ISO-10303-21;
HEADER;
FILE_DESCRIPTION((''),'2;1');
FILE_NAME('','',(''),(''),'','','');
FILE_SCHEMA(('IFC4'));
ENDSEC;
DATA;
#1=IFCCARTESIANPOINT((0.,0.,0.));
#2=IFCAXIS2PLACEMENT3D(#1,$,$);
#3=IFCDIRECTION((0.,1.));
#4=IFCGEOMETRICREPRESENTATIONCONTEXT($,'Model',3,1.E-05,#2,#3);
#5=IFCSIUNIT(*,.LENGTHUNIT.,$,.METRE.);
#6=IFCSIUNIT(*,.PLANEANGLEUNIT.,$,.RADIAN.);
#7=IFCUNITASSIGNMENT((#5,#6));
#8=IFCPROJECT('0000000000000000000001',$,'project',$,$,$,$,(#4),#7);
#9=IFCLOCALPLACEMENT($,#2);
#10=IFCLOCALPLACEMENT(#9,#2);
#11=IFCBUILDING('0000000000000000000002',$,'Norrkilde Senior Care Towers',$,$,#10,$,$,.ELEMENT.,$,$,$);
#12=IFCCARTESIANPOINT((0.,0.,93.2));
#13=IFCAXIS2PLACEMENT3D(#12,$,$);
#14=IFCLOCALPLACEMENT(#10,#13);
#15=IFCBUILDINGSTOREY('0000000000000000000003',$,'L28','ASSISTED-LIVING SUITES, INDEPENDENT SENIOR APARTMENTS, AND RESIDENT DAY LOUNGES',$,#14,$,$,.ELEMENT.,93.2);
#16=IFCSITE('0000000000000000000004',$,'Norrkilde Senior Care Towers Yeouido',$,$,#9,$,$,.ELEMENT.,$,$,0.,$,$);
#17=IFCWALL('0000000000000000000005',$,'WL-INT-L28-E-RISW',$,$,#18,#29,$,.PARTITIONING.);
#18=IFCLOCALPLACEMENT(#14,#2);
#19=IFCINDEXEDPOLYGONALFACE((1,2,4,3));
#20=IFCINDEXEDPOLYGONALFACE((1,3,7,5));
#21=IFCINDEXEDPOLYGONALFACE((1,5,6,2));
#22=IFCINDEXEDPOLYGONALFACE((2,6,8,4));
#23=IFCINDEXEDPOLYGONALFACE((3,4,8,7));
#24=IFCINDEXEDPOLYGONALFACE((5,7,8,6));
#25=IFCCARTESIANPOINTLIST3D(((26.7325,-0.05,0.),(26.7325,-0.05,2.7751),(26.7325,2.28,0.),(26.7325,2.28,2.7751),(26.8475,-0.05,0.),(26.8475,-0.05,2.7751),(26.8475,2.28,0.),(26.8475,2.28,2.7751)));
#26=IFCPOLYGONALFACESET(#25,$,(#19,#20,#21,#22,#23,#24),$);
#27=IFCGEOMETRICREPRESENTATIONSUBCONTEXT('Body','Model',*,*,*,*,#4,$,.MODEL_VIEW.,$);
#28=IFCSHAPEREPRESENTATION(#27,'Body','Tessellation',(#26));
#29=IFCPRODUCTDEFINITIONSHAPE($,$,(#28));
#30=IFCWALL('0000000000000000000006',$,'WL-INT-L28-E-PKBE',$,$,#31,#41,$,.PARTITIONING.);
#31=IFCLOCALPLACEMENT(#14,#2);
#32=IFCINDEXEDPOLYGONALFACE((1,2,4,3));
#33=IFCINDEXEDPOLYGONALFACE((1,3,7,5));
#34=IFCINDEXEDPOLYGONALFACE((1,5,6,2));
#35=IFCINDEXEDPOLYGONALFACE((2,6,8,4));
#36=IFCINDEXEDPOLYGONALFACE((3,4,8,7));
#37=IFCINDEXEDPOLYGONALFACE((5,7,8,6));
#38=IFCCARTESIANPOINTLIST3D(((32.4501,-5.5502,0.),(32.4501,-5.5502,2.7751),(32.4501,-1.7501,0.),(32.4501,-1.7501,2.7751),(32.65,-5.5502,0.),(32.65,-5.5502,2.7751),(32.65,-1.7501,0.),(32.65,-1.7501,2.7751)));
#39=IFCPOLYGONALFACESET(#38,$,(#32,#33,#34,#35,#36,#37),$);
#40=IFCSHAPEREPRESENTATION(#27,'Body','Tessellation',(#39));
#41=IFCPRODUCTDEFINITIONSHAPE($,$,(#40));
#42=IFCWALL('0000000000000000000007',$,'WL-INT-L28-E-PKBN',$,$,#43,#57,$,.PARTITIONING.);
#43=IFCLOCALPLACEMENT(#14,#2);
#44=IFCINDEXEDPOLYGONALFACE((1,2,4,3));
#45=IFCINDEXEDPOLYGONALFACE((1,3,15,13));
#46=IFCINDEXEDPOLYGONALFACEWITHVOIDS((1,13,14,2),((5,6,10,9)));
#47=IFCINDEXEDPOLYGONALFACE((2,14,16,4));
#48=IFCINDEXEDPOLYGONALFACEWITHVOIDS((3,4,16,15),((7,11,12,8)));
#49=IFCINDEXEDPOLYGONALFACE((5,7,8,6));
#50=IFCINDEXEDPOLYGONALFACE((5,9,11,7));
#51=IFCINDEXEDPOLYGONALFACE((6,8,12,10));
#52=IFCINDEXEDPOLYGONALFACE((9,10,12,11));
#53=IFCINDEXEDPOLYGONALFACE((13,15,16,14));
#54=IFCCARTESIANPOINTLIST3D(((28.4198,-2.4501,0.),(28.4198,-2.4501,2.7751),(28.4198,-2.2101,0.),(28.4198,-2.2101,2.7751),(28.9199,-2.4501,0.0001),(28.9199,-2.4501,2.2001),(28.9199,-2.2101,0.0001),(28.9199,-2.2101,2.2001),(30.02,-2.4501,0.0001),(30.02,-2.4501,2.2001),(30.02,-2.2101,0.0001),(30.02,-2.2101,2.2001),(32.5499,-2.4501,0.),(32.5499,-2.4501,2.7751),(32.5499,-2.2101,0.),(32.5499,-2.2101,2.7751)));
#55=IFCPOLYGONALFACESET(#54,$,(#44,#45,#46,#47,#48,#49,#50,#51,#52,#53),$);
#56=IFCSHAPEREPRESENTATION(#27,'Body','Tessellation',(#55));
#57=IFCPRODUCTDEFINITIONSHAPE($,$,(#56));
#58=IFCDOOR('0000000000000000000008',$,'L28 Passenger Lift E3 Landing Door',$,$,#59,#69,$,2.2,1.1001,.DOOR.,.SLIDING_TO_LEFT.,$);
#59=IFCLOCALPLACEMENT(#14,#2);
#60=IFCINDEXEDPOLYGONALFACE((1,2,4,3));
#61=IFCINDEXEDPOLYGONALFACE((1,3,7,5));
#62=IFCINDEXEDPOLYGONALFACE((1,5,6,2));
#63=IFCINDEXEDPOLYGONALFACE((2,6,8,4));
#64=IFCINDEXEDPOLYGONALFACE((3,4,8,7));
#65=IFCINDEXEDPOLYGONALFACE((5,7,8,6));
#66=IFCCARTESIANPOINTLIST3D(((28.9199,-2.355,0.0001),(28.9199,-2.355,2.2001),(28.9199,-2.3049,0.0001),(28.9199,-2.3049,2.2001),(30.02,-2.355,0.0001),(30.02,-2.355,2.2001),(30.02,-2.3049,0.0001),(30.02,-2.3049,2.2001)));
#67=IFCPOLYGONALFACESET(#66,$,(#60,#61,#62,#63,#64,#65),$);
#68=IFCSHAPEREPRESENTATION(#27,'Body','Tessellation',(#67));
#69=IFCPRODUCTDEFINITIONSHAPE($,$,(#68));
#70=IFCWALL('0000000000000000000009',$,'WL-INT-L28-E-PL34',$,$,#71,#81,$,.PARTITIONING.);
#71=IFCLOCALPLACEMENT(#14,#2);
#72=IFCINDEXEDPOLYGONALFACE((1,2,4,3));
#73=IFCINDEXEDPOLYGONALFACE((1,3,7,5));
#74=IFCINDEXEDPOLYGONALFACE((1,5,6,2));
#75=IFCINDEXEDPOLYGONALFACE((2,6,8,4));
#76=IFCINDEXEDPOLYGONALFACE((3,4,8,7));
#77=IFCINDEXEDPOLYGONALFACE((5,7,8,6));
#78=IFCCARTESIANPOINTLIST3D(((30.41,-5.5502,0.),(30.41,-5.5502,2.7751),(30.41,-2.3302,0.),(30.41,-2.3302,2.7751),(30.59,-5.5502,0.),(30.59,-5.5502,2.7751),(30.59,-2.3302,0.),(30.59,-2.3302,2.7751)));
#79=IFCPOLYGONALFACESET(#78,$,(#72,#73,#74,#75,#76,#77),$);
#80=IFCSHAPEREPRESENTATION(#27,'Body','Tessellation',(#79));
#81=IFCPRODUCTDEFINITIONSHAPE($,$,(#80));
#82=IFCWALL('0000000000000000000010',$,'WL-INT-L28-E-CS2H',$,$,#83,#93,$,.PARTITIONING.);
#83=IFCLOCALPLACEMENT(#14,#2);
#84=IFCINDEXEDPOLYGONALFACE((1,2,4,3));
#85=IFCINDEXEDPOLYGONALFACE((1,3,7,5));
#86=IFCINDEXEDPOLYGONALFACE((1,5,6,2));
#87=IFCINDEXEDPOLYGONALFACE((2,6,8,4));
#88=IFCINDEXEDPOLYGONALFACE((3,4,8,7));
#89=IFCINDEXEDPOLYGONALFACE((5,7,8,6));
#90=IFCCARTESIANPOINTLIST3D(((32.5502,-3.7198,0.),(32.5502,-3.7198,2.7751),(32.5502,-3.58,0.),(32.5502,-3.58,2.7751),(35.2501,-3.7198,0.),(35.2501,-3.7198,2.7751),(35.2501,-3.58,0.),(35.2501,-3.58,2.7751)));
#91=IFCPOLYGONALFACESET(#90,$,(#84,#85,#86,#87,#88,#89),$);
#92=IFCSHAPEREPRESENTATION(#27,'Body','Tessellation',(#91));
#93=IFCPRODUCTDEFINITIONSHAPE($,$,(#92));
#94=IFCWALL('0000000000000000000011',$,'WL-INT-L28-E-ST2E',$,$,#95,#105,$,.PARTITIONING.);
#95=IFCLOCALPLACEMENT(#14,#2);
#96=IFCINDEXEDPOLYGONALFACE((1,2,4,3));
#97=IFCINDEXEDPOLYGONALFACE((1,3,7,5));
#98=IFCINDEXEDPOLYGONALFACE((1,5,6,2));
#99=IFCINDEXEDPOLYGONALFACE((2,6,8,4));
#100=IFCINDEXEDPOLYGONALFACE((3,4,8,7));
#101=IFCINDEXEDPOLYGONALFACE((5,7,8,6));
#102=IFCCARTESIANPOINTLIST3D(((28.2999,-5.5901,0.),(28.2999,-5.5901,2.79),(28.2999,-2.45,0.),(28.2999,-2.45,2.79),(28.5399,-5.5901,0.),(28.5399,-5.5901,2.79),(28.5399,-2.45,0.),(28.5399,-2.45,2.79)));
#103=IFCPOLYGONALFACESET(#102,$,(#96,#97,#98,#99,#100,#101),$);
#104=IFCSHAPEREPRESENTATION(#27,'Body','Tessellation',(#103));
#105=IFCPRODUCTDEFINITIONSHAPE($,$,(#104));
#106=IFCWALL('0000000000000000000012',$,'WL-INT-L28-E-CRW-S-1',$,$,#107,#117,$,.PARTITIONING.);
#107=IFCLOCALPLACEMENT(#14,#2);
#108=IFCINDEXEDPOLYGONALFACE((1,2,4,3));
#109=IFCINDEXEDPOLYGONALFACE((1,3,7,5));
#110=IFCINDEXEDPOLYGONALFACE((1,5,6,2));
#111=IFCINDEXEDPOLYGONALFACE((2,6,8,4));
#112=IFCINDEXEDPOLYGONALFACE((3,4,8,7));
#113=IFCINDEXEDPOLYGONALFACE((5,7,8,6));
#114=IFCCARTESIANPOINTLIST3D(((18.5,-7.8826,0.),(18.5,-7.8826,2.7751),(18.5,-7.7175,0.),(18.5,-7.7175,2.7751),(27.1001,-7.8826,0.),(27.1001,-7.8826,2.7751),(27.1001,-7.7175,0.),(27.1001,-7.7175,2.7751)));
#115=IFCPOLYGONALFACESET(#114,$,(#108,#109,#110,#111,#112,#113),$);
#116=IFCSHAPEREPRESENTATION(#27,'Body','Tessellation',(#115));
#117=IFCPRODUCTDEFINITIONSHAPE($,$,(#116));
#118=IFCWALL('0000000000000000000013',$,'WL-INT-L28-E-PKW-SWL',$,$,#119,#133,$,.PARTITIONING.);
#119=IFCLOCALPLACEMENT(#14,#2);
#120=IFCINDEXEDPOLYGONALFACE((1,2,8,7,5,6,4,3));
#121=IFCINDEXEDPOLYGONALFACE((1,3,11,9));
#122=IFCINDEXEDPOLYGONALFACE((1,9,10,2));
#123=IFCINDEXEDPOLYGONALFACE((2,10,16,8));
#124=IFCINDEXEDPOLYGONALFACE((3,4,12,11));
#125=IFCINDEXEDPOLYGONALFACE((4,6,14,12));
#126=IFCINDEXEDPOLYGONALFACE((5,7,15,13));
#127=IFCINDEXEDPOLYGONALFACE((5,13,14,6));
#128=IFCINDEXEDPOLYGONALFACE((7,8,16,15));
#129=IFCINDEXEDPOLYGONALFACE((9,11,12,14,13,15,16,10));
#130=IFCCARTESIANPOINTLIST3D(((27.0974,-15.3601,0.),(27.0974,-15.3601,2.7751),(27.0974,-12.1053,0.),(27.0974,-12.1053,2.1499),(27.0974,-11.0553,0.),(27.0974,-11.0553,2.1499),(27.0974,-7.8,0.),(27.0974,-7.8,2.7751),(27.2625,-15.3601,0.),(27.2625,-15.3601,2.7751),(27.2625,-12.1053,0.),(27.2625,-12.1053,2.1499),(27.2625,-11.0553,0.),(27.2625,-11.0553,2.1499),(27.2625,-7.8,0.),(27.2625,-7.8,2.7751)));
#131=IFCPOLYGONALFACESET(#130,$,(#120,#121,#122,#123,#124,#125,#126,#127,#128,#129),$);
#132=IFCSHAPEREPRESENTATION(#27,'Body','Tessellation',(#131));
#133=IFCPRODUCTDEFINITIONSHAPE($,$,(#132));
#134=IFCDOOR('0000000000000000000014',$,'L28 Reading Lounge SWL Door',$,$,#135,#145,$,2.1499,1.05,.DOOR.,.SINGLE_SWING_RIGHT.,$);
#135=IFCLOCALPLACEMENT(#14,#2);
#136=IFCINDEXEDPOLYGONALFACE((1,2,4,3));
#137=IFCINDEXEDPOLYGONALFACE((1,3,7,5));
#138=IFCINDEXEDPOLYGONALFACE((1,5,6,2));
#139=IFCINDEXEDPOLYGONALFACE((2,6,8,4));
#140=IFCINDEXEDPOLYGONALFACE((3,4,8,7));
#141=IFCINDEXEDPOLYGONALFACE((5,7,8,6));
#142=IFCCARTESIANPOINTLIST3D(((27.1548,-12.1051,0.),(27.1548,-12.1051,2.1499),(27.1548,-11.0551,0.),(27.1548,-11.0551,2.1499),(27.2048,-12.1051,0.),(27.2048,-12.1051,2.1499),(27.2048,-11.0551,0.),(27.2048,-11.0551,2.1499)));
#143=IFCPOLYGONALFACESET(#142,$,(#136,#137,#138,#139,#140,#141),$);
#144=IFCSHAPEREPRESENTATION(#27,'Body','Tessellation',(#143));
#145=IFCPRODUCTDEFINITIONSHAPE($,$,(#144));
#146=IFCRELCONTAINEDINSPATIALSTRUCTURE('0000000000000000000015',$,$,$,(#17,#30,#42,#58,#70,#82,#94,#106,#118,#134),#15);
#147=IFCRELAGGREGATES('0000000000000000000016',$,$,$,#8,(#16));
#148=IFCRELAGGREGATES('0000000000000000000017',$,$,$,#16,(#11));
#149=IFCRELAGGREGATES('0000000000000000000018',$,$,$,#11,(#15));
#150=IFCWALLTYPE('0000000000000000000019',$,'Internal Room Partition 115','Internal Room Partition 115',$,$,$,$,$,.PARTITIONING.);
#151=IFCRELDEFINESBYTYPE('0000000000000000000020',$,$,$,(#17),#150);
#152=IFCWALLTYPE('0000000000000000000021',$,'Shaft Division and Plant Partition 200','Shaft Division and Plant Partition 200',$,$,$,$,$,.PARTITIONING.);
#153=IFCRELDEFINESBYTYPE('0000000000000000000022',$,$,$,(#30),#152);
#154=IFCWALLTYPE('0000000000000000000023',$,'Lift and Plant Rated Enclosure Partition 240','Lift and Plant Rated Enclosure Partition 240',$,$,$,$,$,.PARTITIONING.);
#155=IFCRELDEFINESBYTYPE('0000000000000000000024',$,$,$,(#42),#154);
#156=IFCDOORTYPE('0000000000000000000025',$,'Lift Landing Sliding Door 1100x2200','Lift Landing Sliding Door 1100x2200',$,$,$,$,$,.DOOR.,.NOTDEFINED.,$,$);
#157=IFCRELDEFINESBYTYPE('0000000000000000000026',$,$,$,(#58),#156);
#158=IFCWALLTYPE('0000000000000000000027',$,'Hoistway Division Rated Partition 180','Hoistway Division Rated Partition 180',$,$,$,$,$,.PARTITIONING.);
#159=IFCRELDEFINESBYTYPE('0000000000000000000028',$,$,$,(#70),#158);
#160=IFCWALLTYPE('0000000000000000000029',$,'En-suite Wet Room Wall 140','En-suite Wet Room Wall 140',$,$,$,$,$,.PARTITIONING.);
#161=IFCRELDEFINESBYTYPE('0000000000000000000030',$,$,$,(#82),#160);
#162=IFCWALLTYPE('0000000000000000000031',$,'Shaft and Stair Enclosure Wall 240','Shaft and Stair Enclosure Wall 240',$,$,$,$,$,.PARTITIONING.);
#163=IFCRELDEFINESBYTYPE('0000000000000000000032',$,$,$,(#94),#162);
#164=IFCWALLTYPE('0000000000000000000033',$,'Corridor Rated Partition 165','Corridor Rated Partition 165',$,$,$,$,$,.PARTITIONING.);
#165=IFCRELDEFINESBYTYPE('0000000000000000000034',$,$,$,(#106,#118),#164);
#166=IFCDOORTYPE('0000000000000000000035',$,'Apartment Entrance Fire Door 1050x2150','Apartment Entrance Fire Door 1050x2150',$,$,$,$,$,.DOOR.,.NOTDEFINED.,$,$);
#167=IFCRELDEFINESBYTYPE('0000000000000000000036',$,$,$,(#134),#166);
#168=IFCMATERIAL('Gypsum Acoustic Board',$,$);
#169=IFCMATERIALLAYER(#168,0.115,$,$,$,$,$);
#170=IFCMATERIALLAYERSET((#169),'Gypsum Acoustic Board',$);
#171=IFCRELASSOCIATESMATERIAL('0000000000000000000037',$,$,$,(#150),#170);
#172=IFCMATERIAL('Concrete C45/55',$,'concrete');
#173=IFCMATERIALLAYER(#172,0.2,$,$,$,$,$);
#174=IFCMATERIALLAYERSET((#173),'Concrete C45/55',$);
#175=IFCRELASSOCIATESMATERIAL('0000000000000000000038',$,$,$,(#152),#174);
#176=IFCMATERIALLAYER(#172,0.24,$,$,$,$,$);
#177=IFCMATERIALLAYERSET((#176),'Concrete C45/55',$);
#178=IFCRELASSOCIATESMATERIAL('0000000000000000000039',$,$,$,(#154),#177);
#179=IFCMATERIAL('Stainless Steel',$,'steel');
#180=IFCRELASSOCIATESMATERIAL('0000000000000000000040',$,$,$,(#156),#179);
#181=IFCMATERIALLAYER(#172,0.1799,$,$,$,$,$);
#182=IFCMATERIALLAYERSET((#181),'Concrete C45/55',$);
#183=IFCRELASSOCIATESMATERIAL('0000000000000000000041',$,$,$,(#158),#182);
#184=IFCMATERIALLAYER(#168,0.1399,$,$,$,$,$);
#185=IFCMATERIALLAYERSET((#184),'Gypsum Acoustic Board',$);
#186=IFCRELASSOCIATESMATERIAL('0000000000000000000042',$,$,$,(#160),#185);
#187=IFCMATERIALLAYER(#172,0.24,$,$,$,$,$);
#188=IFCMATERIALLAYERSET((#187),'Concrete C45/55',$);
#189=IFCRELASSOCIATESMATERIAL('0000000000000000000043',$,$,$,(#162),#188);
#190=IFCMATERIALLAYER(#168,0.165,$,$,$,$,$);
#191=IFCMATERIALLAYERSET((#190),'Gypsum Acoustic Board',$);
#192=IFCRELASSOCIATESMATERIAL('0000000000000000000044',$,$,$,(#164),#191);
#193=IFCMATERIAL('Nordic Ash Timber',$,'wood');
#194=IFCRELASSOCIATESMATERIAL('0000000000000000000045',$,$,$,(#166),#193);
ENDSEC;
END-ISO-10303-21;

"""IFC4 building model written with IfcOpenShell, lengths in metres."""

from ifc_helpers import new_model, si_unit, direction, frame, frame_2d, origin, place, context, subcontext, project, spatial, rectangle, extrude, source, transform, mapped, material, layer, layer_set, type_object, type_shapes, element, fill, save


model = new_model("IFC4")

# Units and contexts
model_context = context("Model", 3, precision=1e-05, world=origin(), true_north=direction((0.0, 1.0)))
body_context = subcontext(model_context, "Body", "Model", "MODEL_VIEW")
ifc_project = project(units=[si_unit("LENGTHUNIT", "METRE"), si_unit("PLANEANGLEUNIT", "RADIAN")], contexts=[model_context])

# Site, building, storey
site_placement = place(None, origin())
site = spatial("IfcSite", under=ifc_project, at=site_placement, Name="Norrkilde Senior Care Towers Yeouido", CompositionType="ELEMENT", RefElevation=0.0)
building_placement = place(site_placement, origin())
building = spatial("IfcBuilding", under=site, at=building_placement, Name="Norrkilde Senior Care Towers", CompositionType="ELEMENT")
storey_placement = place(building_placement, frame((0.0, 0.0, 93.2)))
storey = spatial("IfcBuildingStorey", under=building, at=storey_placement, Name="L28", Description="ASSISTED-LIVING SUITES, INDEPENDENT SENIOR APARTMENTS, AND RESIDENT DAY LOUNGES", CompositionType="ELEMENT", Elevation=93.2)

# Shared definitions
ifc_material_1 = material(Name="Concrete C45/55", Category="concrete")

# Walls
ifc_material_2 = material(Name="Gypsum Acoustic Board")
ifc_layer_1 = layer(ifc_material_2, 0.115)
ifc_layer_set_1 = layer_set([ifc_layer_1], Name="Gypsum Acoustic Board")
wall_type_1 = type_object("IfcWallType", Name="Internal Room Partition 115", Description="Internal Room Partition 115", PredefinedType="PARTITIONING", material=ifc_layer_set_1)
shared_shape_1 = source(origin(), body_context, "Body", "SweptSolid", [
    extrude(rectangle(XDim=2.3301, YDim=0.115, at=frame_2d((1.165, 0.0))), origin(), (0.0, 0.0, 1.0), 2.7751),
])
type_shapes(wall_type_1, [shared_shape_1])
wall_1_placement = place(storey_placement, frame((26.79, -0.05, 0.0), z_axis=(0.0, 0.0, 1.0), x_axis=(0.0, 1.0, 0.0)))
element("IfcWall", 1, at=wall_1_placement, inside=storey, type_object=wall_type_1, Name="WL-INT-L28-E-RISW", PredefinedType="PARTITIONING", context=body_context, shape_type="MappedRepresentation", body=[
    mapped(shared_shape_1, transform((0.0, 0.0, 0.0), x_axis=(1.0, 0.0, 0.0), y_axis=(0.0, 1.0, 0.0), z_axis=(0.0, 0.0, 1.0), scale=1.0)),
])
ifc_layer_2 = layer(ifc_material_1, 0.2)
ifc_layer_set_2 = layer_set([ifc_layer_2], Name="Concrete C45/55")
wall_type_2 = type_object("IfcWallType", Name="Shaft Division and Plant Partition 200", Description="Shaft Division and Plant Partition 200", PredefinedType="PARTITIONING", material=ifc_layer_set_2)
shared_shape_2 = source(origin(), body_context, "Body", "SweptSolid", [
    extrude(rectangle(XDim=3.8, YDim=0.2, at=frame_2d((1.8999, 0.0))), origin(), (0.0, 0.0, 1.0), 2.7751),
])
type_shapes(wall_type_2, [shared_shape_2])
wall_2_placement = place(storey_placement, frame((32.55, -5.55, 0.0), z_axis=(0.0, 0.0, 1.0), x_axis=(0.0, 1.0, 0.0)))
element("IfcWall", 2, at=wall_2_placement, inside=storey, type_object=wall_type_2, Name="WL-INT-L28-E-PKBE", PredefinedType="PARTITIONING", context=body_context, shape_type="MappedRepresentation", body=[
    mapped(shared_shape_2, transform((0.0, 0.0, 0.0), x_axis=(1.0, 0.0, 0.0), y_axis=(0.0, 1.0, 0.0), z_axis=(0.0, 0.0, 1.0), scale=1.0)),
])

# Wall, opening, door
ifc_layer_3 = layer(ifc_material_1, 0.24)
ifc_layer_set_3 = layer_set([ifc_layer_3], Name="Concrete C45/55")
wall_type_3 = type_object("IfcWallType", Name="Lift and Plant Rated Enclosure Partition 240", Description="Lift and Plant Rated Enclosure Partition 240", PredefinedType="PARTITIONING", material=ifc_layer_set_3)
shared_shape_3 = source(origin(), body_context, "Body", "SweptSolid", [
    extrude(rectangle(XDim=4.1301, YDim=0.24, at=frame_2d((2.0649, 0.0))), origin(), (0.0, 0.0, 1.0), 2.7751),
])
type_shapes(wall_type_3, [shared_shape_3])
wall_3_placement = place(storey_placement, frame((28.4199, -2.3301, 0.0), z_axis=(0.0, 0.0, 1.0), x_axis=(1.0, 0.0, 0.0)))
wall_3 = element("IfcWall", 3, at=wall_3_placement, inside=storey, type_object=wall_type_3, Name="WL-INT-L28-E-PKBN", PredefinedType="PARTITIONING", context=body_context, shape_type="MappedRepresentation", body=[
    mapped(shared_shape_3, transform((0.0, 0.0, 0.0), x_axis=(1.0, 0.0, 0.0), y_axis=(0.0, 1.0, 0.0), z_axis=(0.0, 0.0, 1.0), scale=1.0)),
])
opening_1_placement = place(wall_3_placement, frame((0.5, 0.0, 0.0)))
opening_1 = element("IfcOpeningElement", 4, at=opening_1_placement, cuts=wall_3, PredefinedType="OPENING", context=body_context, shape_type="SweptSolid", body=[
    extrude(rectangle(XDim=1.1001, YDim=2.2, at=frame_2d((0.55, 1.1001))), frame((0.0, 0.1299, 0.0), z_axis=(0.0, -1.0, 0.0), x_axis=(1.0, 0.0, 0.0)), (0.0, 0.0, 1.0), 0.26),
])
ifc_material_3 = material(Name="Stainless Steel", Category="steel")
door_type_1 = type_object("IfcDoorType", Name="Lift Landing Sliding Door 1100x2200", Description="Lift Landing Sliding Door 1100x2200", OperationType="NOTDEFINED", PredefinedType="DOOR", material=ifc_material_3)
shared_shape_4 = source(origin(), body_context, "Body", "SweptSolid", [
    extrude(rectangle(XDim=1.1001, YDim=2.2, at=frame_2d((0.55, 1.1001))), frame((0.0, 0.0249, 0.0), z_axis=(0.0, -1.0, 0.0), x_axis=(1.0, 0.0, 0.0)), (0.0, 0.0, 1.0), 0.05),
])
type_shapes(door_type_1, [shared_shape_4])
door_1_placement = place(opening_1_placement, frame((1.1001, 0.0, 0.0), z_axis=(0.0, 0.0, 1.0), x_axis=(-1.0, 0.0, 0.0)))
door_1 = element("IfcDoor", 5, at=door_1_placement, inside=storey, type_object=door_type_1, Name="L28 Passenger Lift E3 Landing Door", OperationType="SLIDING_TO_LEFT", OverallHeight=2.2, OverallWidth=1.1001, PredefinedType="DOOR", context=body_context, shape_type="MappedRepresentation", body=[
    mapped(shared_shape_4, transform((0.0, 0.0, 0.0), x_axis=(1.0, 0.0, 0.0), y_axis=(0.0, 1.0, 0.0), z_axis=(0.0, 0.0, 1.0), scale=1.0)),
])
fill(opening_1, door_1)

# Walls
ifc_layer_4 = layer(ifc_material_1, 0.1799)
ifc_layer_set_4 = layer_set([ifc_layer_4], Name="Concrete C45/55")
wall_type_4 = type_object("IfcWallType", Name="Hoistway Division Rated Partition 180", Description="Hoistway Division Rated Partition 180", PredefinedType="PARTITIONING", material=ifc_layer_set_4)
shared_shape_5 = source(origin(), body_context, "Body", "SweptSolid", [
    extrude(rectangle(XDim=3.22, YDim=0.1799, at=frame_2d((1.6099, 0.0))), origin(), (0.0, 0.0, 1.0), 2.7751),
])
type_shapes(wall_type_4, [shared_shape_5])
wall_4_placement = place(storey_placement, frame((30.5, -5.55, 0.0), z_axis=(0.0, 0.0, 1.0), x_axis=(0.0, 1.0, 0.0)))
element("IfcWall", 6, at=wall_4_placement, inside=storey, type_object=wall_type_4, Name="WL-INT-L28-E-PL34", PredefinedType="PARTITIONING", context=body_context, shape_type="MappedRepresentation", body=[
    mapped(shared_shape_5, transform((0.0, 0.0, 0.0), x_axis=(1.0, 0.0, 0.0), y_axis=(0.0, 1.0, 0.0), z_axis=(0.0, 0.0, 1.0), scale=1.0)),
])
ifc_layer_5 = layer(ifc_material_2, 0.1399)
ifc_layer_set_5 = layer_set([ifc_layer_5], Name="Gypsum Acoustic Board")
wall_type_5 = type_object("IfcWallType", Name="En-suite Wet Room Wall 140", Description="En-suite Wet Room Wall 140", PredefinedType="PARTITIONING", material=ifc_layer_set_5)
shared_shape_6 = source(origin(), body_context, "Body", "SweptSolid", [
    extrude(rectangle(XDim=2.7, YDim=0.1399, at=frame_2d((1.3501, 0.0))), origin(), (0.0, 0.0, 1.0), 2.7751),
])
type_shapes(wall_type_5, [shared_shape_6])
wall_5_placement = place(storey_placement, frame((32.55, -3.6499, 0.0), z_axis=(0.0, 0.0, 1.0), x_axis=(1.0, 0.0, 0.0)))
element("IfcWall", 7, at=wall_5_placement, inside=storey, type_object=wall_type_5, Name="WL-INT-L28-E-CS2H", PredefinedType="PARTITIONING", context=body_context, shape_type="MappedRepresentation", body=[
    mapped(shared_shape_6, transform((0.0, 0.0, 0.0), x_axis=(1.0, 0.0, 0.0), y_axis=(0.0, 1.0, 0.0), z_axis=(0.0, 0.0, 1.0), scale=1.0)),
])
ifc_layer_6 = layer(ifc_material_1, 0.24)
ifc_layer_set_6 = layer_set([ifc_layer_6], Name="Concrete C45/55")
wall_type_6 = type_object("IfcWallType", Name="Shaft and Stair Enclosure Wall 240", Description="Shaft and Stair Enclosure Wall 240", PredefinedType="PARTITIONING", material=ifc_layer_set_6)
shared_shape_7 = source(origin(), body_context, "Body", "SweptSolid", [
    extrude(rectangle(XDim=3.1401, YDim=0.24, at=frame_2d((1.5701, 0.0))), origin(), (0.0, 0.0, 1.0), 2.79),
])
type_shapes(wall_type_6, [shared_shape_7])
wall_6_placement = place(storey_placement, frame((28.4199, -5.5901, 0.0), z_axis=(0.0, 0.0, 1.0), x_axis=(0.0, 1.0, 0.0)))
element("IfcWall", 8, at=wall_6_placement, inside=storey, type_object=wall_type_6, Name="WL-INT-L28-E-ST2E", PredefinedType="PARTITIONING", context=body_context, shape_type="MappedRepresentation", body=[
    mapped(shared_shape_7, transform((0.0, 0.0, 0.0), x_axis=(1.0, 0.0, 0.0), y_axis=(0.0, 1.0, 0.0), z_axis=(0.0, 0.0, 1.0), scale=1.0)),
])
ifc_layer_7 = layer(ifc_material_2, 0.165)
ifc_layer_set_7 = layer_set([ifc_layer_7], Name="Gypsum Acoustic Board")
wall_type_7 = type_object("IfcWallType", Name="Corridor Rated Partition 165", Description="Corridor Rated Partition 165", PredefinedType="PARTITIONING", material=ifc_layer_set_7)
shared_shape_8 = source(origin(), body_context, "Body", "SweptSolid", [
    extrude(rectangle(XDim=8.6001, YDim=0.165, at=frame_2d((4.3, 0.0))), origin(), (0.0, 0.0, 1.0), 2.7751),
])
wall_7_placement = place(storey_placement, frame((27.1001, -7.8, 0.0), z_axis=(0.0, 0.0, 1.0), x_axis=(-1.0, 0.0, 0.0)))
element("IfcWall", 9, at=wall_7_placement, inside=storey, type_object=wall_type_7, Name="WL-INT-L28-E-CRW-S-1", PredefinedType="PARTITIONING", context=body_context, shape_type="MappedRepresentation", body=[
    mapped(shared_shape_8, transform((0.0, 0.0, 0.0), x_axis=(1.0, 0.0, 0.0), y_axis=(0.0, 1.0, 0.0), z_axis=(0.0, 0.0, 1.0), scale=1.0)),
])

# Wall, opening, door
shared_shape_9 = source(origin(), body_context, "Body", "SweptSolid", [
    extrude(rectangle(XDim=7.5601, YDim=0.165, at=frame_2d((3.78, 0.0))), origin(), (0.0, 0.0, 1.0), 2.7751),
])
wall_8_placement = place(storey_placement, frame((27.1799, -15.3601, 0.0), z_axis=(0.0, 0.0, 1.0), x_axis=(0.0, 1.0, 0.0)))
wall_8 = element("IfcWall", 10, at=wall_8_placement, inside=storey, type_object=wall_type_7, Name="WL-INT-L28-E-PKW-SWL", PredefinedType="PARTITIONING", context=body_context, shape_type="MappedRepresentation", body=[
    mapped(shared_shape_9, transform((0.0, 0.0, 0.0), x_axis=(1.0, 0.0, 0.0), y_axis=(0.0, 1.0, 0.0), z_axis=(0.0, 0.0, 1.0), scale=1.0)),
])
opening_2_placement = place(wall_8_placement, frame((3.2549, 0.0, 0.0)))
opening_2 = element("IfcOpeningElement", 11, at=opening_2_placement, cuts=wall_8, PredefinedType="OPENING", context=body_context, shape_type="SweptSolid", body=[
    extrude(rectangle(XDim=1.05, YDim=2.1499, at=frame_2d((0.5249, 1.075))), frame((0.0, 0.0925, 0.0), z_axis=(0.0, -1.0, 0.0), x_axis=(1.0, 0.0, 0.0)), (0.0, 0.0, 1.0), 0.1851),
])
ifc_material_4 = material(Name="Nordic Ash Timber", Category="wood")
door_type_2 = type_object("IfcDoorType", Name="Apartment Entrance Fire Door 1050x2150", Description="Apartment Entrance Fire Door 1050x2150", OperationType="NOTDEFINED", PredefinedType="DOOR", material=ifc_material_4)
shared_shape_10 = source(origin(), body_context, "Body", "SweptSolid", [
    extrude(rectangle(XDim=1.05, YDim=2.1499, at=frame_2d((0.5249, 1.075))), frame((0.0, 0.0249, 0.0), z_axis=(0.0, -1.0, 0.0), x_axis=(1.0, 0.0, 0.0)), (0.0, 0.0, 1.0), 0.05),
])
type_shapes(door_type_2, [shared_shape_10])
door_2_placement = place(opening_2_placement, frame((1.05, 0.0, 0.0), z_axis=(0.0, 0.0, 1.0), x_axis=(-1.0, 0.0, 0.0)))
door_2 = element("IfcDoor", 12, at=door_2_placement, inside=storey, type_object=door_type_2, Name="L28 Reading Lounge SWL Door", OperationType="SINGLE_SWING_RIGHT", OverallHeight=2.1499, OverallWidth=1.05, PredefinedType="DOOR", context=body_context, shape_type="MappedRepresentation", body=[
    mapped(shared_shape_10, transform((0.0, 0.0, 0.0), x_axis=(1.0, 0.0, 0.0), y_axis=(0.0, 1.0, 0.0), z_axis=(0.0, 0.0, 1.0), scale=1.0)),
])
fill(opening_2, door_2)

save(model, "model.ifc")
